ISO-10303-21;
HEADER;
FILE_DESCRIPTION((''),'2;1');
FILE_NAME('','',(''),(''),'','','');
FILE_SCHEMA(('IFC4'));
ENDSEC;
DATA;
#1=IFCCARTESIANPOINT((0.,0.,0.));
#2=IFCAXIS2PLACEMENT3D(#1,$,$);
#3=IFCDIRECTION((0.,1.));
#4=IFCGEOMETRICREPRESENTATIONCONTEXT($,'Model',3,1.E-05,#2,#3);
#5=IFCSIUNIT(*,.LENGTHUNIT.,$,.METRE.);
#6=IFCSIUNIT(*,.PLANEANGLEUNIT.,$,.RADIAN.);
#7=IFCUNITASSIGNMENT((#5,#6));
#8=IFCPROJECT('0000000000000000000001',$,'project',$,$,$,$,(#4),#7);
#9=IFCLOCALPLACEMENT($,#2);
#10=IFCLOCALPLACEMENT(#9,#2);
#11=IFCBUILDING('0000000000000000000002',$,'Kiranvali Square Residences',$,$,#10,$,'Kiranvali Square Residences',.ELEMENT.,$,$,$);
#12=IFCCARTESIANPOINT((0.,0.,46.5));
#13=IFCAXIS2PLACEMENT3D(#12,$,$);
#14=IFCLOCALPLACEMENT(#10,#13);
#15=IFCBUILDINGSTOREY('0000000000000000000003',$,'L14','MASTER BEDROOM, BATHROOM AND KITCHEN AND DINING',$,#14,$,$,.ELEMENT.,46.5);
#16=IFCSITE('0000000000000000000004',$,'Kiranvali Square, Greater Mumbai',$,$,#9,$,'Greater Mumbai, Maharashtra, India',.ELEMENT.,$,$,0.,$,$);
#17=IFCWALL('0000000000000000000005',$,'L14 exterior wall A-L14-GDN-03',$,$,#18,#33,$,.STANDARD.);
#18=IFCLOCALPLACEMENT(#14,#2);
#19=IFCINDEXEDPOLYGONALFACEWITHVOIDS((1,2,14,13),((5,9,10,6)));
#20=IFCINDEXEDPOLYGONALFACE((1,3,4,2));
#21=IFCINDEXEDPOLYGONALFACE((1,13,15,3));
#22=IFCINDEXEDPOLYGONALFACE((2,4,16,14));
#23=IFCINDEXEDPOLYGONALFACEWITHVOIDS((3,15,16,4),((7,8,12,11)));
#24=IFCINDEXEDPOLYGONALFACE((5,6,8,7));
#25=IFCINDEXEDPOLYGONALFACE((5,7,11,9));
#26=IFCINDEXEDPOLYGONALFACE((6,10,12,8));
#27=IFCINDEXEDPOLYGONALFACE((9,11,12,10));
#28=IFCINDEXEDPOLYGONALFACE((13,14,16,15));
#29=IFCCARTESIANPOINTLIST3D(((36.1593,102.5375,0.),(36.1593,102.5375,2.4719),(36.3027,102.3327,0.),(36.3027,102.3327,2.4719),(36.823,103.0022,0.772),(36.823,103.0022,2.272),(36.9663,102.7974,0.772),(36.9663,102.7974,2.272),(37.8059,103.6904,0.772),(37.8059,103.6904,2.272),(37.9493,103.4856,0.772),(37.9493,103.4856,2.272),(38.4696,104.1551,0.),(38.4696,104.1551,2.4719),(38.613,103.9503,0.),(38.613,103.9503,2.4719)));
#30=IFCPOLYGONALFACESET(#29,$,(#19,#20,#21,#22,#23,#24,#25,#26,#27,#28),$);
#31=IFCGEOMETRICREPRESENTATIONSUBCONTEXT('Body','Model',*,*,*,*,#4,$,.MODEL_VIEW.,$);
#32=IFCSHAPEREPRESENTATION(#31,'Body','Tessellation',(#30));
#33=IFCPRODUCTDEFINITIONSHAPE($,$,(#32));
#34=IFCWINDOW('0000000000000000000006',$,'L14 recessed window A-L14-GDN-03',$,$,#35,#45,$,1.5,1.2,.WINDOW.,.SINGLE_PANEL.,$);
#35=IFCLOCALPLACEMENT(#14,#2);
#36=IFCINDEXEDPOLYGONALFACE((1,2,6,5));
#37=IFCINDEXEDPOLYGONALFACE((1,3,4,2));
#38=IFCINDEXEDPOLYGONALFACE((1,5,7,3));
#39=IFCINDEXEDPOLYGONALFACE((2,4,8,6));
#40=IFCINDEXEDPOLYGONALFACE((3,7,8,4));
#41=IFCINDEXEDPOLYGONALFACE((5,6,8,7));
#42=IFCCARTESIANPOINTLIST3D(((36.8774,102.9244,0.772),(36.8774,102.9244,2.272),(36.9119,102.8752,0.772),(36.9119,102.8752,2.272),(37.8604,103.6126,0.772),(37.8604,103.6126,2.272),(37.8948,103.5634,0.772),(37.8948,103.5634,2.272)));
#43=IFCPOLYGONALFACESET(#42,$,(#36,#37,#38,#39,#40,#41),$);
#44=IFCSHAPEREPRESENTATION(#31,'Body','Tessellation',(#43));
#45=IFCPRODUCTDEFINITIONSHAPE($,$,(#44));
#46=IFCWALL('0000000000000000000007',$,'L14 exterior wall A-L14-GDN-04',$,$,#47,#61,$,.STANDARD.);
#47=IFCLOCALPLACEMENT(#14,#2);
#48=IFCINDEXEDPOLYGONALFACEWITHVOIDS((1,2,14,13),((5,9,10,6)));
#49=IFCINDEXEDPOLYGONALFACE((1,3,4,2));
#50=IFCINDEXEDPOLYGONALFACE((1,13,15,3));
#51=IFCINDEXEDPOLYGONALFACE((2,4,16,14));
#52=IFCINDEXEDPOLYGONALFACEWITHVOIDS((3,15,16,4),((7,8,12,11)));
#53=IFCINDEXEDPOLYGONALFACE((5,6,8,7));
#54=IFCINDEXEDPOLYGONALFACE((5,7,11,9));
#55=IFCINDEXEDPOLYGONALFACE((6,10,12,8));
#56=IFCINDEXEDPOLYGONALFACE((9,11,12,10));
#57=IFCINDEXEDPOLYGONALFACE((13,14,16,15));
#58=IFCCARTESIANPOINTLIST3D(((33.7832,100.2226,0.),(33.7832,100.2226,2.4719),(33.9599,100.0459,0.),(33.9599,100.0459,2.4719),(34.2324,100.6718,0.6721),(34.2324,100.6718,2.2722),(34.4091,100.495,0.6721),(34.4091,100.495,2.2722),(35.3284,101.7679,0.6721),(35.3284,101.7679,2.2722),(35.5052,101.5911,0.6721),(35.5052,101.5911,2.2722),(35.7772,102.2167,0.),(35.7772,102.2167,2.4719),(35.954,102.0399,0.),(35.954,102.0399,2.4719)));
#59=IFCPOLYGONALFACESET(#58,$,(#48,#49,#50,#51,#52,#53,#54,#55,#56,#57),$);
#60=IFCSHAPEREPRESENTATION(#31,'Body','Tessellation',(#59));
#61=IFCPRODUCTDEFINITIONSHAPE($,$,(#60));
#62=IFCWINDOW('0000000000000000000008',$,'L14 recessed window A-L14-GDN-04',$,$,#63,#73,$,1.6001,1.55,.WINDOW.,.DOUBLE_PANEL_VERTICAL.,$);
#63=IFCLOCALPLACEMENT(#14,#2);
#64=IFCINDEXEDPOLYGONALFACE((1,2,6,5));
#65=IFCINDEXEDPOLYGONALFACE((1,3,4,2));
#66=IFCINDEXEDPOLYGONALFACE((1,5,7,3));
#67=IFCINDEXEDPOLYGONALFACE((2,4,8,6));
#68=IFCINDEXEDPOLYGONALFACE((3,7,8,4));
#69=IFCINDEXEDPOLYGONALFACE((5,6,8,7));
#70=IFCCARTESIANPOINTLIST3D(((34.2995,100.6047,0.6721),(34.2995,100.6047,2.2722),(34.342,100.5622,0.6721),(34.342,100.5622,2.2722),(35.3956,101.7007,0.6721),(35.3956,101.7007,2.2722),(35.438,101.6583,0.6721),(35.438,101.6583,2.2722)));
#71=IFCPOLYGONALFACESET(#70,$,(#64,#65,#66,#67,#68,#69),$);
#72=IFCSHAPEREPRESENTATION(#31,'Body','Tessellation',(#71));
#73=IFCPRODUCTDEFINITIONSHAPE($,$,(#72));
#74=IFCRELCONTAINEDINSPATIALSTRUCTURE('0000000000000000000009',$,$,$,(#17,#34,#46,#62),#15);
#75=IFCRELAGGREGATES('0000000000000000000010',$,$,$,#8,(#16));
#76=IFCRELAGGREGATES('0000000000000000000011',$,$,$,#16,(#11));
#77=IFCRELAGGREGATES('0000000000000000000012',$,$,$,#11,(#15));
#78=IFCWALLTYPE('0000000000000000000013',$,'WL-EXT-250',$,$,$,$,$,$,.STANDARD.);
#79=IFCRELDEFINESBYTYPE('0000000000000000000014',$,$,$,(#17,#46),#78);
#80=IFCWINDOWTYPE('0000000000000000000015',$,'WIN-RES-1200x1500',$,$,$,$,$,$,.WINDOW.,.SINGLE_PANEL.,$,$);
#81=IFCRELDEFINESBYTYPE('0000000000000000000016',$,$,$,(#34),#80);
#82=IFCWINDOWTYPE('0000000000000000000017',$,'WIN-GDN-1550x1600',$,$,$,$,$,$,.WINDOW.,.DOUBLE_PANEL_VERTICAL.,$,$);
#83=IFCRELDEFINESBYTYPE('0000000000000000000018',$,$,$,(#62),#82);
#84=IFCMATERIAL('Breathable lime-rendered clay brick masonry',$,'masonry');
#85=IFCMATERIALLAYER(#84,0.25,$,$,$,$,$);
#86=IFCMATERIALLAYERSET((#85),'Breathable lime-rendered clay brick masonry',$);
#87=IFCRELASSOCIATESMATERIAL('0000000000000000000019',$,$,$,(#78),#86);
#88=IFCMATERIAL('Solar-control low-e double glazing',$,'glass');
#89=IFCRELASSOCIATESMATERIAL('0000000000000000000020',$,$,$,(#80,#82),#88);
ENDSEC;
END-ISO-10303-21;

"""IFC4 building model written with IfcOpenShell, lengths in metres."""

from ifc_helpers import new_model, si_unit, direction, frame, frame_2d, origin, place, context, subcontext, project, spatial, rectangle, extrude, material, layer, layer_set, type_object, element, fill, save


model = new_model("IFC4")

# Units and contexts
model_context = context("Model", 3, precision=1e-05, world=origin(), true_north=direction((0.0, 1.0)))
body_context = subcontext(model_context, "Body", "Model", "MODEL_VIEW")
ifc_project = project(units=[si_unit("LENGTHUNIT", "METRE"), si_unit("PLANEANGLEUNIT", "RADIAN")], contexts=[model_context])

# Site, building, storey
site_placement = place(None, origin())
site = spatial("IfcSite", under=ifc_project, at=site_placement, Name="Kiranvali Square, Greater Mumbai", LongName="Greater Mumbai, Maharashtra, India", CompositionType="ELEMENT", RefElevation=0.0)
building_placement = place(site_placement, origin())
building = spatial("IfcBuilding", under=site, at=building_placement, Name="Kiranvali Square Residences", LongName="Kiranvali Square Residences", CompositionType="ELEMENT")
storey_placement = place(building_placement, frame((0.0, 0.0, 46.5)))
storey = spatial("IfcBuildingStorey", under=building, at=storey_placement, Name="L14", Description="MASTER BEDROOM, BATHROOM AND KITCHEN AND DINING", CompositionType="ELEMENT", Elevation=46.5)

# Walls, openings, windows
ifc_material_1 = material(Name="Breathable lime-rendered clay brick masonry", Category="masonry")
ifc_layer_1 = layer(ifc_material_1, 0.25)
ifc_layer_set_1 = layer_set([ifc_layer_1], Name="Breathable lime-rendered clay brick masonry")
wall_type_1 = type_object("IfcWallType", Name="WL-EXT-250", PredefinedType="STANDARD", material=ifc_layer_set_1)
wall_1_placement = place(storey_placement, frame((38.5413, 104.0527, 0.0), z_axis=(0.0, 0.0, 1.0), x_axis=(-0.819155, -0.573573, 0.0)))
wall_1 = element("IfcWall", 1, at=wall_1_placement, inside=storey, type_object=wall_type_1, Name="L14 exterior wall A-L14-GDN-03", PredefinedType="STANDARD", context=body_context, shape_type="SweptSolid", body=[
    extrude(rectangle(XDim=2.8203, YDim=0.25, at=frame_2d((1.4102, 0.0))), origin(), (0.0, 0.0, 1.0), 2.4719),
])
opening_1_placement = place(wall_1_placement, frame((0.8101, 0.0, 0.772)))
opening_1 = element("IfcOpeningElement", 2, at=opening_1_placement, cuts=wall_1, PredefinedType="OPENING", context=body_context, shape_type="SweptSolid", body=[
    extrude(rectangle(XDim=1.2, YDim=1.5, at=frame_2d((0.6001, 0.75))), frame((0.0, 0.135, 0.0), z_axis=(0.0, -1.0, 0.0), x_axis=(1.0, 0.0, 0.0)), (0.0, 0.0, 1.0), 0.27),
])
ifc_material_2 = material(Name="Solar-control low-e double glazing", Category="glass")
window_type_1 = type_object("IfcWindowType", Name="WIN-RES-1200x1500", PartitioningType="SINGLE_PANEL", PredefinedType="WINDOW", material=ifc_material_2)
window_1_placement = place(opening_1_placement, origin())
window_1 = element("IfcWindow", 3, at=window_1_placement, inside=storey, type_object=window_type_1, Name="L14 recessed window A-L14-GDN-03", OverallHeight=1.5, OverallWidth=1.2, PartitioningType="SINGLE_PANEL", PredefinedType="WINDOW", context=body_context, shape_type="SweptSolid", body=[
    extrude(rectangle(XDim=1.2, YDim=1.5, at=frame_2d((0.6001, 0.75))), frame((0.0, 0.03, 0.0), z_axis=(0.0, -1.0, 0.0), x_axis=(1.0, 0.0, 0.0)), (0.0, 0.0, 1.0), 0.0601),
])
fill(opening_1, window_1)
wall_2_placement = place(storey_placement, frame((35.8657, 102.1284, 0.0), z_axis=(0.0, 0.0, 1.0), x_axis=(-0.707107, -0.707107, 0.0)))
wall_2 = element("IfcWall", 4, at=wall_2_placement, inside=storey, type_object=wall_type_1, Name="L14 exterior wall A-L14-GDN-04", PredefinedType="STANDARD", context=body_context, shape_type="SweptSolid", body=[
    extrude(rectangle(XDim=2.8201, YDim=0.25, at=frame_2d((1.4102, 0.0))), origin(), (0.0, 0.0, 1.0), 2.4719),
])
opening_2_placement = place(wall_2_placement, frame((0.635, 0.0, 0.6721)))
opening_2 = element("IfcOpeningElement", 5, at=opening_2_placement, cuts=wall_2, PredefinedType="OPENING", context=body_context, shape_type="SweptSolid", body=[
    extrude(rectangle(XDim=1.55, YDim=1.6001, at=frame_2d((0.7749, 0.8))), frame((0.0, 0.135, 0.0), z_axis=(0.0, -1.0, 0.0), x_axis=(1.0, 0.0, 0.0)), (0.0, 0.0, 1.0), 0.27),
])
window_type_2 = type_object("IfcWindowType", Name="WIN-GDN-1550x1600", PartitioningType="DOUBLE_PANEL_VERTICAL", PredefinedType="WINDOW", material=ifc_material_2)
window_2_placement = place(opening_2_placement, origin())
window_2 = element("IfcWindow", 6, at=window_2_placement, inside=storey, type_object=window_type_2, Name="L14 recessed window A-L14-GDN-04", OverallHeight=1.6001, OverallWidth=1.55, PartitioningType="DOUBLE_PANEL_VERTICAL", PredefinedType="WINDOW", context=body_context, shape_type="SweptSolid", body=[
    extrude(rectangle(XDim=1.55, YDim=1.6001, at=frame_2d((0.7749, 0.8))), frame((0.0, 0.03, 0.0), z_axis=(0.0, -1.0, 0.0), x_axis=(1.0, 0.0, 0.0)), (0.0, 0.0, 1.0), 0.0601),
])
fill(opening_2, window_2)

save(model, "model.ifc")
